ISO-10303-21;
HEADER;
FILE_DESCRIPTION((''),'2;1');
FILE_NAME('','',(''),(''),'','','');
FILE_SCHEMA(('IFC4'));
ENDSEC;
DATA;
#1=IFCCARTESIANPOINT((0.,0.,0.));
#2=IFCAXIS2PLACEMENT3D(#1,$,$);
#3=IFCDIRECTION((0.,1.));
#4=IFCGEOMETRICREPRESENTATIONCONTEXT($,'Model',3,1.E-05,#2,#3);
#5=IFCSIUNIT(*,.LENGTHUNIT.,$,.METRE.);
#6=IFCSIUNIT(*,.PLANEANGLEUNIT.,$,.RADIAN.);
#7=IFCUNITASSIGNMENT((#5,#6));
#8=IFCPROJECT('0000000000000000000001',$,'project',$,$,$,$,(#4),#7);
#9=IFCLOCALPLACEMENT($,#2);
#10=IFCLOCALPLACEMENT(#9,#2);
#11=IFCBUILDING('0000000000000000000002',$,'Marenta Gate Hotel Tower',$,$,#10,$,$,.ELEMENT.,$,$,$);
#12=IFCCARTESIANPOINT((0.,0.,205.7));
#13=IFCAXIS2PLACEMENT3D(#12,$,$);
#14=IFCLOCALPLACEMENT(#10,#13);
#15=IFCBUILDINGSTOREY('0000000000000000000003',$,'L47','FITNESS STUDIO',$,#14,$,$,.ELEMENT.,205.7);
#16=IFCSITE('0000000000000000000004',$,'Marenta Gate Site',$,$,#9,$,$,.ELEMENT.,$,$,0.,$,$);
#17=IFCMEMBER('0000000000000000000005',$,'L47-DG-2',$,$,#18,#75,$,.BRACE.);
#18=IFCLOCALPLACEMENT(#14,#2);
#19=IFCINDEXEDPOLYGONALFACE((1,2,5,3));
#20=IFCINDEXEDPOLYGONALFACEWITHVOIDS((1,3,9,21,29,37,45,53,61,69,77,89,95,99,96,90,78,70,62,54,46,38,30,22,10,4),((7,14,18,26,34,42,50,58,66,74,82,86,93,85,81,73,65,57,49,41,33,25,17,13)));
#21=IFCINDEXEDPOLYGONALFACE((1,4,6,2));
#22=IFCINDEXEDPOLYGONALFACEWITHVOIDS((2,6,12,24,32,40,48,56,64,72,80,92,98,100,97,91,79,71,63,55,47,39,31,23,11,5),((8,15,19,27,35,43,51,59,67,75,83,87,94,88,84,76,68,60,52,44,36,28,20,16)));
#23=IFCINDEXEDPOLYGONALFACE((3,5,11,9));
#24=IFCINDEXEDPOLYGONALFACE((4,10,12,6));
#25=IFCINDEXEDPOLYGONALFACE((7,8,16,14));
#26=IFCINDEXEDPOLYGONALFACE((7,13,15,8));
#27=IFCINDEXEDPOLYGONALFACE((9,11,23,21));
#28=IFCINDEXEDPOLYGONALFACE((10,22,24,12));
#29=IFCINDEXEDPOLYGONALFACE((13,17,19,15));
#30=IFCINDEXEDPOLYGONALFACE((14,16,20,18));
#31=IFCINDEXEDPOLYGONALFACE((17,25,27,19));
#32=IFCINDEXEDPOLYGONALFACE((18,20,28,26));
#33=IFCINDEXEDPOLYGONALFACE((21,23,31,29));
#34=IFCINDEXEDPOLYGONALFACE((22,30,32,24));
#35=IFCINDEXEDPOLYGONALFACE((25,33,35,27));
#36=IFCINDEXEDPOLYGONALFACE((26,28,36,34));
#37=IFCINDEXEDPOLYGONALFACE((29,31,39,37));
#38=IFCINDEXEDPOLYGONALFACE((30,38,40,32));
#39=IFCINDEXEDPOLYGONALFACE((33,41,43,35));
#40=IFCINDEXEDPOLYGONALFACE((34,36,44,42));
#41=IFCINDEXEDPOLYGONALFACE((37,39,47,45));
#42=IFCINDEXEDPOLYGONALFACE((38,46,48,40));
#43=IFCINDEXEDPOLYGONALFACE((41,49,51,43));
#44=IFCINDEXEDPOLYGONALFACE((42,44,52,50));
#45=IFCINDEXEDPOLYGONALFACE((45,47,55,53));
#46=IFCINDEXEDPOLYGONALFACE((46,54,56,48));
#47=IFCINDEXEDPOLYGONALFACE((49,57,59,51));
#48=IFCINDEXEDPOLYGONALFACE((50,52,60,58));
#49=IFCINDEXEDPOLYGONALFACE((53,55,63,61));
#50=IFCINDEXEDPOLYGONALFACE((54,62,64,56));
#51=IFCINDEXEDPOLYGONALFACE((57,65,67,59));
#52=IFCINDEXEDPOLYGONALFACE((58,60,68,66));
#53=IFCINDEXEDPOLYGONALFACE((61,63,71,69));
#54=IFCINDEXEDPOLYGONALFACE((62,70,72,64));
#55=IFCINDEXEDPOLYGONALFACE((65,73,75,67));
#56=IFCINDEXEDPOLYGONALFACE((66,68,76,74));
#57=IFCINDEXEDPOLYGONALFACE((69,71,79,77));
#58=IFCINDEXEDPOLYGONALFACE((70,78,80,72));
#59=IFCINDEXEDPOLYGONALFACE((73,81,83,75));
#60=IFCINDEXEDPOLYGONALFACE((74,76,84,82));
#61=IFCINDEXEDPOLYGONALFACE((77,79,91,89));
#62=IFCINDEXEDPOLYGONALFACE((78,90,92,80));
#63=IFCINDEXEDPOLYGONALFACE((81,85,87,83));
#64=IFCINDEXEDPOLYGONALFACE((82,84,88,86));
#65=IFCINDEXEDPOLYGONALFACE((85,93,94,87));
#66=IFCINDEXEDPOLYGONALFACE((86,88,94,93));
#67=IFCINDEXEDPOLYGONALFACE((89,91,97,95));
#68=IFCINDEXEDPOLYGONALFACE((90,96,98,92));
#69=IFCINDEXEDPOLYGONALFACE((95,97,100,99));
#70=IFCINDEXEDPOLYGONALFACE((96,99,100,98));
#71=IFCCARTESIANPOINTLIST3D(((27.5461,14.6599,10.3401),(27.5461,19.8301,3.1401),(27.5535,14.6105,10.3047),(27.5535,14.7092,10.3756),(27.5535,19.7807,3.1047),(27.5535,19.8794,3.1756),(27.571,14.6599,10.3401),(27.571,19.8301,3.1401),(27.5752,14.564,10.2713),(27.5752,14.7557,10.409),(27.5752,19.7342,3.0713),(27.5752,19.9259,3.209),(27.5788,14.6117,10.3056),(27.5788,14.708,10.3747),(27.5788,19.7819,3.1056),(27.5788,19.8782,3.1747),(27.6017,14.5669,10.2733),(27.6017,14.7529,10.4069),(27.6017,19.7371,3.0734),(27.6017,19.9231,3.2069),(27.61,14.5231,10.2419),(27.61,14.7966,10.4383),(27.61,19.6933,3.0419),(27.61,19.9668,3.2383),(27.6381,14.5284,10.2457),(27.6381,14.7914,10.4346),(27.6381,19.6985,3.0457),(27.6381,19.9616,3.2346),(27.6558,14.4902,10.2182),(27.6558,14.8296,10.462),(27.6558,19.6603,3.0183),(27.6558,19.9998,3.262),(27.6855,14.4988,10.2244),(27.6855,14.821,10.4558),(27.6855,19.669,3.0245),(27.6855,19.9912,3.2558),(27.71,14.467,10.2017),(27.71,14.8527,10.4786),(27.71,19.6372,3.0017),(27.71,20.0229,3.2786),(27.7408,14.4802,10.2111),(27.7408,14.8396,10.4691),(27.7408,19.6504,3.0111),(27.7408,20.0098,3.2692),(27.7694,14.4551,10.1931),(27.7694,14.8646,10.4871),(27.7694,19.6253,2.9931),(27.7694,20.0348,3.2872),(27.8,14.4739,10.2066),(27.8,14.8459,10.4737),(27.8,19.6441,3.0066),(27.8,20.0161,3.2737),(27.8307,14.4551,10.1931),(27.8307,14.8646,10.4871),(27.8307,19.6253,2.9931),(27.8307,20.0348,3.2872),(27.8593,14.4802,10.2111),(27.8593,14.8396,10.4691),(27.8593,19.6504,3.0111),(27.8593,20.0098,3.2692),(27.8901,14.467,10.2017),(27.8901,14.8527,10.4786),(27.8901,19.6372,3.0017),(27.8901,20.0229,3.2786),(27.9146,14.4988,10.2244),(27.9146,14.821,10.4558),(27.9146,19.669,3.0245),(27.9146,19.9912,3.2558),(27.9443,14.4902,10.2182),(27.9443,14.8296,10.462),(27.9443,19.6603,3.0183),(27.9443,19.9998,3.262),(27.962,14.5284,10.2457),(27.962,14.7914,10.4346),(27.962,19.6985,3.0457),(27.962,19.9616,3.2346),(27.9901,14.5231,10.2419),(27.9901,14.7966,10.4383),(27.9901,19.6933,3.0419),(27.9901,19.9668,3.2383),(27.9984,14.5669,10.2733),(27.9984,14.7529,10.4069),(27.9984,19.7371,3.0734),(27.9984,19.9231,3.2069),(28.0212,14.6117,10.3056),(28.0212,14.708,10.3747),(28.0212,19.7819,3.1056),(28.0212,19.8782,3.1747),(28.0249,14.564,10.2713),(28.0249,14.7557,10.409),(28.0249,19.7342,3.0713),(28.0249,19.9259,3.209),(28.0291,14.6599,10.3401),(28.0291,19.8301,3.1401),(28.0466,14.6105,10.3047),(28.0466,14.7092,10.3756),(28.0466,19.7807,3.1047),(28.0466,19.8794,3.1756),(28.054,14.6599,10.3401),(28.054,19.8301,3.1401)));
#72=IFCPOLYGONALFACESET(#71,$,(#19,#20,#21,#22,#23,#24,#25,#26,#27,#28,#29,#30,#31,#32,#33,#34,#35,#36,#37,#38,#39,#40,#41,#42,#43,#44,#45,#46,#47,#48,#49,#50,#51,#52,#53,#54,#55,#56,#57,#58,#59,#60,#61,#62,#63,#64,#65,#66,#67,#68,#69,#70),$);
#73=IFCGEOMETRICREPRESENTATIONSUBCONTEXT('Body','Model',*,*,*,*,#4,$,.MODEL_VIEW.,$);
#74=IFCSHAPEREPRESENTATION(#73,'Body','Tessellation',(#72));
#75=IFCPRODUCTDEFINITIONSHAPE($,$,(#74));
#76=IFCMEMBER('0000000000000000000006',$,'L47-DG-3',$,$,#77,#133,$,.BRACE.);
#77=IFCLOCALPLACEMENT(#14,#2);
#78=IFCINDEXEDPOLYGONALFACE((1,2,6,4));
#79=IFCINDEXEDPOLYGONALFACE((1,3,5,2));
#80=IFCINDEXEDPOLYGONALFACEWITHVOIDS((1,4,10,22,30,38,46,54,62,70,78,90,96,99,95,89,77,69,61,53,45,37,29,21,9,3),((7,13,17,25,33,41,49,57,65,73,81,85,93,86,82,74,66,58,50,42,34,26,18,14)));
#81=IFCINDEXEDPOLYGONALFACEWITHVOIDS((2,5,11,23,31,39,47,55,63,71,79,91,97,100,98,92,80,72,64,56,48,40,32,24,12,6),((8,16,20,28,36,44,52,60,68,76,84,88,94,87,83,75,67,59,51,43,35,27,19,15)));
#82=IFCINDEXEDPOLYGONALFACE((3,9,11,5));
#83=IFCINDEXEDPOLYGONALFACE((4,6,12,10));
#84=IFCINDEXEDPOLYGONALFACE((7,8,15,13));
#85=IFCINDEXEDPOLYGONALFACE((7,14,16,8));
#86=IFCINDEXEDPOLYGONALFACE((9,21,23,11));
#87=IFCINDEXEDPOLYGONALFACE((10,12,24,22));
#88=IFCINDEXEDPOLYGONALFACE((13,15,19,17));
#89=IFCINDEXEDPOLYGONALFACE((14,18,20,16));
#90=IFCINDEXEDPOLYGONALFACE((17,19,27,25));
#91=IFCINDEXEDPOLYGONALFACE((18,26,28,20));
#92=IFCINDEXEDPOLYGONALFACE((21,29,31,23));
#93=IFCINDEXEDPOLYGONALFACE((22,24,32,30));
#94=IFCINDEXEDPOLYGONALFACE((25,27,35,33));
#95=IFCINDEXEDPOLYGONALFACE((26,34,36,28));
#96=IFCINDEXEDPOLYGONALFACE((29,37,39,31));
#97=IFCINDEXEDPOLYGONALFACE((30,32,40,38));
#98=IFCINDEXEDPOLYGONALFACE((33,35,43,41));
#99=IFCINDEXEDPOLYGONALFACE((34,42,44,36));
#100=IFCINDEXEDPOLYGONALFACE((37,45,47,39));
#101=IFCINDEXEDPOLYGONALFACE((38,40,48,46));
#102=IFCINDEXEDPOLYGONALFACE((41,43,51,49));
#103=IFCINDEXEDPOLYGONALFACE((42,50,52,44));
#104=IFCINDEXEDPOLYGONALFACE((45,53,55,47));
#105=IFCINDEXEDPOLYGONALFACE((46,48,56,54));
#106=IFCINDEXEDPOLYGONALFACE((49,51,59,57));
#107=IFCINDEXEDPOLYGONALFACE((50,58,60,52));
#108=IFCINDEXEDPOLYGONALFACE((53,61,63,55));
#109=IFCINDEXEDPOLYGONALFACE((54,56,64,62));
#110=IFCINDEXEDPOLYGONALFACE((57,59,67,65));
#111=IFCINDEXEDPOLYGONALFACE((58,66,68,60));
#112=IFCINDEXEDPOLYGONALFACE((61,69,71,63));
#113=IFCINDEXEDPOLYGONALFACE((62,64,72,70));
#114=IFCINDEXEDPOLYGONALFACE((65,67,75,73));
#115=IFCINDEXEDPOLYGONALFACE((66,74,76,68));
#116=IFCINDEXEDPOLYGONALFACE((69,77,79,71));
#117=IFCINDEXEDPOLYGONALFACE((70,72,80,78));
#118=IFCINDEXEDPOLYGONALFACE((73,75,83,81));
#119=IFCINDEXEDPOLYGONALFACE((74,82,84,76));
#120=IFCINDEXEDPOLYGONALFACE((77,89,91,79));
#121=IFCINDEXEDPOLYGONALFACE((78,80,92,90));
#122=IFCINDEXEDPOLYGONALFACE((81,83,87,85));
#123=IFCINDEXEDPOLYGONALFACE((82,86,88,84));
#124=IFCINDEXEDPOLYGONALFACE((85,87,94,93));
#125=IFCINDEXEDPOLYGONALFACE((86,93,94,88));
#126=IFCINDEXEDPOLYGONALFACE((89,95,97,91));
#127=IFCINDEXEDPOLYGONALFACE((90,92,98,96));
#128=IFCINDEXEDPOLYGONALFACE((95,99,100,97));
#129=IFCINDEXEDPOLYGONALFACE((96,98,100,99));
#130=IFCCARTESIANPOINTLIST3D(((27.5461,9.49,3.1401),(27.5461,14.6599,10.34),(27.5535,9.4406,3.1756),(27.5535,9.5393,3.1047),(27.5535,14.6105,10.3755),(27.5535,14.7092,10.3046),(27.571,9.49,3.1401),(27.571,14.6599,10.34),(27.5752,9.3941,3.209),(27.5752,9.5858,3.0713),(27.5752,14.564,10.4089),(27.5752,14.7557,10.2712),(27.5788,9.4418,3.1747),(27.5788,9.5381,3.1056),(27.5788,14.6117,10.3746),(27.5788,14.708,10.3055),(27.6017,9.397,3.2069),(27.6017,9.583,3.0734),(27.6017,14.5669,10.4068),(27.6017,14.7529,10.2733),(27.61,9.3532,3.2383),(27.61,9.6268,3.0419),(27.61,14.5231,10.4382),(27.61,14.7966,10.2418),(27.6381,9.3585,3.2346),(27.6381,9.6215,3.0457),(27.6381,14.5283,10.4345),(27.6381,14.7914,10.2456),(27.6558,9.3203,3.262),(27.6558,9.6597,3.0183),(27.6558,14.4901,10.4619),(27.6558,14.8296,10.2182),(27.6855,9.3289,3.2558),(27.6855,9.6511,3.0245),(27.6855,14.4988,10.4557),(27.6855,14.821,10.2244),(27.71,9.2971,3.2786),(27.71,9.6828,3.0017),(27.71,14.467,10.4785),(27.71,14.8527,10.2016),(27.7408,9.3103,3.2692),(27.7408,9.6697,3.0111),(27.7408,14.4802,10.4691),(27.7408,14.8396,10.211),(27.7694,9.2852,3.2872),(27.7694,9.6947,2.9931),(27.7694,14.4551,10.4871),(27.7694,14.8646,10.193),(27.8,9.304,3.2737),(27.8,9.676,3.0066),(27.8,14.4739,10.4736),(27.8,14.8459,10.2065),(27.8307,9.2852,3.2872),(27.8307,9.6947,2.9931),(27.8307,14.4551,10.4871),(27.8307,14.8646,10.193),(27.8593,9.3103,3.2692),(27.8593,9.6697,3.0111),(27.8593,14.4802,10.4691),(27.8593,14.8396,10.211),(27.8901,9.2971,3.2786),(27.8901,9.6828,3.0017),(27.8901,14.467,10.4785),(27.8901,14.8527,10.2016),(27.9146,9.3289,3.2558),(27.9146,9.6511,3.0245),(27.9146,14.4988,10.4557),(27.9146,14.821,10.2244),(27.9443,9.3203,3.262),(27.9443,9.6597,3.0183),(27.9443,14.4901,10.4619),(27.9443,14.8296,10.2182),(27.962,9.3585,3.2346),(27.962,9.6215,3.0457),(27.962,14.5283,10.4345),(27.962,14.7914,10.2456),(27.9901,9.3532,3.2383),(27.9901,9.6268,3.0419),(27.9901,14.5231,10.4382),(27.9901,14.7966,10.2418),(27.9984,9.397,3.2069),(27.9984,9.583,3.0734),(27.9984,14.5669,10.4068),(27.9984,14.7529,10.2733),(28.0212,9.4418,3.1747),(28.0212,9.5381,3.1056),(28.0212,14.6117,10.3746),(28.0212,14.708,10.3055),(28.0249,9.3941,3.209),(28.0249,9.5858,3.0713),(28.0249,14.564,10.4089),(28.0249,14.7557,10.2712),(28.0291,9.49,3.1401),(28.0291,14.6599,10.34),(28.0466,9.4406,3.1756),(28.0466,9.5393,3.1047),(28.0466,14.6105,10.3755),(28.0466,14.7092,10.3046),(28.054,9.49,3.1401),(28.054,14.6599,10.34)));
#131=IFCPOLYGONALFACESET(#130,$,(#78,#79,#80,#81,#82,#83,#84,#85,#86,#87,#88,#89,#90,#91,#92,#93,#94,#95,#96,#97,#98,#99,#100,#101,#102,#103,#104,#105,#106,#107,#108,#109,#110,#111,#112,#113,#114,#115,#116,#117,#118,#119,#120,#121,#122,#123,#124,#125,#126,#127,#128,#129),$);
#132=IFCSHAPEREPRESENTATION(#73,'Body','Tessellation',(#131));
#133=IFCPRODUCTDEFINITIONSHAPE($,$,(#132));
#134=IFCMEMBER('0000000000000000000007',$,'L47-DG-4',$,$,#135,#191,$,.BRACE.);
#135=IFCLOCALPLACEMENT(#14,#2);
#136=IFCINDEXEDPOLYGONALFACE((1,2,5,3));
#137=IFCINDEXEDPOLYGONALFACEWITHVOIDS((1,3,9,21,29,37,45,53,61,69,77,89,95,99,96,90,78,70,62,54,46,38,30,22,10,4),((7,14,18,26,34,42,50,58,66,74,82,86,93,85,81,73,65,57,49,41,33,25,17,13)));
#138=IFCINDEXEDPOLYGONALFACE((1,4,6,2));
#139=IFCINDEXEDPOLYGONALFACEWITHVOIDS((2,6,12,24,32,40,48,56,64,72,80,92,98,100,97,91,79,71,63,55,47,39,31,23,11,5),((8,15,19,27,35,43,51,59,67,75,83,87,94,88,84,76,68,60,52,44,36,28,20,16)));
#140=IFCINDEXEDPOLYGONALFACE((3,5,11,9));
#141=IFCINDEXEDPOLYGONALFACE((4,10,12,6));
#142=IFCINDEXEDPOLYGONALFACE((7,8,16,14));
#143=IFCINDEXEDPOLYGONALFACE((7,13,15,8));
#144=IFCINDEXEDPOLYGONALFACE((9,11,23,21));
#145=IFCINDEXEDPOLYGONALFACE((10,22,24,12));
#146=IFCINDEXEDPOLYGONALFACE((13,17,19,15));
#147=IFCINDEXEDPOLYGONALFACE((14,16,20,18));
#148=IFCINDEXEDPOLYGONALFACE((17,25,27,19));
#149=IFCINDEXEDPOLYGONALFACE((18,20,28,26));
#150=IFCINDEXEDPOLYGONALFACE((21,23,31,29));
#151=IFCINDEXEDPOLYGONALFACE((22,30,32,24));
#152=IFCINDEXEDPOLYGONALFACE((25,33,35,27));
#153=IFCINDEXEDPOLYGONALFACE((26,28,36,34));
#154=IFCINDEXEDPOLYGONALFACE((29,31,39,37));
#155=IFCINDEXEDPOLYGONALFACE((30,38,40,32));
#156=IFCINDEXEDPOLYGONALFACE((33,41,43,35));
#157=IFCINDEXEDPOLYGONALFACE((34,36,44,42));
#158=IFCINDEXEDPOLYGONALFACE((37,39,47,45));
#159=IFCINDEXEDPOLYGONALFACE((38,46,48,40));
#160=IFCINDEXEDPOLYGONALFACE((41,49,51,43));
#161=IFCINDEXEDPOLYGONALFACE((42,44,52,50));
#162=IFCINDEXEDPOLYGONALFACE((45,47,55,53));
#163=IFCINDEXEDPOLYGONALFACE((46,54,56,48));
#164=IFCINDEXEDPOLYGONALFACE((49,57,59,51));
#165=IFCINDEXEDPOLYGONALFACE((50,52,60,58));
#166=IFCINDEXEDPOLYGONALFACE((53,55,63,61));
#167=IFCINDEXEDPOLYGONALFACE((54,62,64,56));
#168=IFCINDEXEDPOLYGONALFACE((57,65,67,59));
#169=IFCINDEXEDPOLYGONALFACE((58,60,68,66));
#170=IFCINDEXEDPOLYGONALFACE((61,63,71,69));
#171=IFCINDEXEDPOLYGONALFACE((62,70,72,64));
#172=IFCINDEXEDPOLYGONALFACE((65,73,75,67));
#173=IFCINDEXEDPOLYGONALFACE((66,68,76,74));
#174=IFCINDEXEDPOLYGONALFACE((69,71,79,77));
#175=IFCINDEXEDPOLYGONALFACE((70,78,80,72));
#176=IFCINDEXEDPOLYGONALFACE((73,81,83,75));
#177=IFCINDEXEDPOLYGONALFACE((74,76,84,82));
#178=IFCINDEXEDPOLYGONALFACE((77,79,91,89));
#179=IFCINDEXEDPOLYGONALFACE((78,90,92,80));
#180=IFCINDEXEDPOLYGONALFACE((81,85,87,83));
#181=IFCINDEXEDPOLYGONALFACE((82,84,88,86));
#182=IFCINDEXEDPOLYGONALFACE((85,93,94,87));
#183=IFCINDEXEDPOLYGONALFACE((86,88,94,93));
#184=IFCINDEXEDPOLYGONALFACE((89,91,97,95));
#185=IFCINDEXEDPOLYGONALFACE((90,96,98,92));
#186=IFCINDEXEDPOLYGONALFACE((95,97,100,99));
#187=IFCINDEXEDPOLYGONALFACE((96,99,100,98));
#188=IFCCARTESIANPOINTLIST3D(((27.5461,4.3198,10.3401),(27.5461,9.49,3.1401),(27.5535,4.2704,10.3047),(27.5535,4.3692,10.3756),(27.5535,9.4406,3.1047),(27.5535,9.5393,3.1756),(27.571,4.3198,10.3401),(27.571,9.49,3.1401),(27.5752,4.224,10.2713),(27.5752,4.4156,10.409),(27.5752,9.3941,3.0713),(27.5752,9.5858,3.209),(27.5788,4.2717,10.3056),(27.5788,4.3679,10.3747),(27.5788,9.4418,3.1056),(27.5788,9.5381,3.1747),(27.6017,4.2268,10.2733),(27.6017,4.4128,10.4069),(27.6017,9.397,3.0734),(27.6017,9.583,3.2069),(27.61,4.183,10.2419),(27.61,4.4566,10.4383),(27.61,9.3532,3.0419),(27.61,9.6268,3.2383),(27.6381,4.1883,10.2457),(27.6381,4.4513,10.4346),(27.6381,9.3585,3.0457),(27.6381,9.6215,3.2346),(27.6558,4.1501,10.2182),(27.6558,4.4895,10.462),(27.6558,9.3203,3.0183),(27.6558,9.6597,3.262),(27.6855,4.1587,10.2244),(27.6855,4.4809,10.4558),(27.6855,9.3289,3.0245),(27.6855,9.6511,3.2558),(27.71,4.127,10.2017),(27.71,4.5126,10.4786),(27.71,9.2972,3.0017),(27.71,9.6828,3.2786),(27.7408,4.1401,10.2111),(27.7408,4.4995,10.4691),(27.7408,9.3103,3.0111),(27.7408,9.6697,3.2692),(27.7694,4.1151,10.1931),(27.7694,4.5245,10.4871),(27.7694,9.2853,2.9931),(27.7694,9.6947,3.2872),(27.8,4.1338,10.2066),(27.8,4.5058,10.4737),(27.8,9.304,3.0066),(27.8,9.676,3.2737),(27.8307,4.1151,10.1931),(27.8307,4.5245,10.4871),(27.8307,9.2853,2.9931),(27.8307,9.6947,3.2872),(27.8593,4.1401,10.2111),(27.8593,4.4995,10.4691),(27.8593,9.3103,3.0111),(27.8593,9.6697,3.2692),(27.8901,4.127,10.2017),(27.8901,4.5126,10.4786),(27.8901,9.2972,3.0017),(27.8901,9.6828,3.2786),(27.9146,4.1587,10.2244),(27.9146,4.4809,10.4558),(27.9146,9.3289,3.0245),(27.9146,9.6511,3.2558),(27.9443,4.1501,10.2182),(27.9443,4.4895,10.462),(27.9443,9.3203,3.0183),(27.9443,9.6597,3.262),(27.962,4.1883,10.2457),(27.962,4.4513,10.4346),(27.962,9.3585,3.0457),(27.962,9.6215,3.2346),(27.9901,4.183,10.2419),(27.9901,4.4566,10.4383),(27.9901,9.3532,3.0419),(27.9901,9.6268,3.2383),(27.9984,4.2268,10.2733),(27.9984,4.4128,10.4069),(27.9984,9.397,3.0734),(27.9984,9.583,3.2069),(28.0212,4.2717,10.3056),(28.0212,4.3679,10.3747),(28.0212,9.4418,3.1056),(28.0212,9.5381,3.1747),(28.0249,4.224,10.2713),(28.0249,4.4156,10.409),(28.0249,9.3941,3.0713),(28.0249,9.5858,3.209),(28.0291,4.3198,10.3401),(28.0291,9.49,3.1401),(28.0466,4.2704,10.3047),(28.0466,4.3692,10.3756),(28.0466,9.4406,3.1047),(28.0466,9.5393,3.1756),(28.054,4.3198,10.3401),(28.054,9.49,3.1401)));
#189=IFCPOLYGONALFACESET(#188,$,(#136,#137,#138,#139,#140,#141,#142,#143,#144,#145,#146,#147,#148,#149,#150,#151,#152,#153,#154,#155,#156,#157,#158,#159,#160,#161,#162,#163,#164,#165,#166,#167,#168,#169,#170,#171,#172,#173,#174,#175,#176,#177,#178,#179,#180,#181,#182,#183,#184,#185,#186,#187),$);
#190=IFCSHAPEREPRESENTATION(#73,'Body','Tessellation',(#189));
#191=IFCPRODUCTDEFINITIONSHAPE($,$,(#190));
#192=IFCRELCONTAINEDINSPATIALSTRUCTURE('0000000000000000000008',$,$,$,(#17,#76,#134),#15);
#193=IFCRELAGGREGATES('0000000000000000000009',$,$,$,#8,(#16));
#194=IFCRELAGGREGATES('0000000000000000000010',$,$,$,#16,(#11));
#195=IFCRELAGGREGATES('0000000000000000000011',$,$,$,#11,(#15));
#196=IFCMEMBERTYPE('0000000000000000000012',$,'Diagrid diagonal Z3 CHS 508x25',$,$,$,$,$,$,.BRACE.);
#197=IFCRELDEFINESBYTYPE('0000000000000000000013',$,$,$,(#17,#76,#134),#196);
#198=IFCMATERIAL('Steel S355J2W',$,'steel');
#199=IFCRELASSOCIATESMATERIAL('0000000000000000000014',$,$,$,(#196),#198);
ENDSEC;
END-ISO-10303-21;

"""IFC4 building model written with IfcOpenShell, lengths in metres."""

from ifc_helpers import new_model, si_unit, direction, frame, origin, origin_2d, place, context, subcontext, project, spatial, hollow_circle, extrude, material, material_profile, profile_set, type_object, element, save


model = new_model("IFC4")

# Units and contexts
model_context = context("Model", 3, precision=1e-05, world=origin(), true_north=direction((0.0, 1.0)))
body_context = subcontext(model_context, "Body", "Model", "MODEL_VIEW")
ifc_project = project(units=[si_unit("LENGTHUNIT", "METRE"), si_unit("PLANEANGLEUNIT", "RADIAN")], contexts=[model_context])

# Site, building, storey
site_placement = place(None, origin())
site = spatial("IfcSite", under=ifc_project, at=site_placement, Name="Marenta Gate Site", CompositionType="ELEMENT", RefElevation=0.0)
building_placement = place(site_placement, origin())
building = spatial("IfcBuilding", under=site, at=building_placement, Name="Marenta Gate Hotel Tower", CompositionType="ELEMENT")
storey_placement = place(building_placement, frame((0.0, 0.0, 205.7)))
storey = spatial("IfcBuildingStorey", under=building, at=storey_placement, Name="L47", Description="FITNESS STUDIO", CompositionType="ELEMENT", Elevation=205.7)

# Members
ifc_material_1 = material(Name="Steel S355J2W", Category="steel")
ifc_material_profile_1 = material_profile(ifc_material_1, hollow_circle(Radius=0.2539, WallThickness=0.0249, at=origin_2d()), Name="CHS 508x25")
ifc_profile_set_1 = profile_set([ifc_material_profile_1], Name="Steel S355J2W")
member_type_1 = type_object("IfcMemberType", Name="Diagrid diagonal Z3 CHS 508x25", PredefinedType="BRACE", material=ifc_profile_set_1)
member_1_placement = place(storey_placement, frame((27.8, 19.8301, 3.1401), z_axis=(0.0, -0.583279, 0.812272), x_axis=(1.0, 0.0, 0.0)))
element("IfcMember", 1, at=member_1_placement, inside=storey, type_object=member_type_1, Name="L47-DG-2", PredefinedType="BRACE", context=body_context, shape_type="SweptSolid", body=[
    extrude(hollow_circle(Radius=0.2539, WallThickness=0.0249, at=origin_2d()), origin(), (0.0, 0.0, 1.0), 8.864),
])
member_2_placement = place(storey_placement, frame((27.8, 9.49, 3.1401), z_axis=(0.0, 0.583261, 0.812285), x_axis=(-1.0, 0.0, 0.0)))
element("IfcMember", 2, at=member_2_placement, inside=storey, type_object=member_type_1, Name="L47-DG-3", PredefinedType="BRACE", context=body_context, shape_type="SweptSolid", body=[
    extrude(hollow_circle(Radius=0.2539, WallThickness=0.0249, at=origin_2d()), origin(), (0.0, 0.0, 1.0), 8.8638),
])
member_3_placement = place(storey_placement, frame((27.8, 9.49, 3.1401), z_axis=(0.0, -0.583279, 0.812272), x_axis=(1.0, 0.0, 0.0)))
element("IfcMember", 3, at=member_3_placement, inside=storey, type_object=member_type_1, Name="L47-DG-4", PredefinedType="BRACE", context=body_context, shape_type="SweptSolid", body=[
    extrude(hollow_circle(Radius=0.2539, WallThickness=0.0249, at=origin_2d()), origin(), (0.0, 0.0, 1.0), 8.864),
])

save(model, "model.ifc")
